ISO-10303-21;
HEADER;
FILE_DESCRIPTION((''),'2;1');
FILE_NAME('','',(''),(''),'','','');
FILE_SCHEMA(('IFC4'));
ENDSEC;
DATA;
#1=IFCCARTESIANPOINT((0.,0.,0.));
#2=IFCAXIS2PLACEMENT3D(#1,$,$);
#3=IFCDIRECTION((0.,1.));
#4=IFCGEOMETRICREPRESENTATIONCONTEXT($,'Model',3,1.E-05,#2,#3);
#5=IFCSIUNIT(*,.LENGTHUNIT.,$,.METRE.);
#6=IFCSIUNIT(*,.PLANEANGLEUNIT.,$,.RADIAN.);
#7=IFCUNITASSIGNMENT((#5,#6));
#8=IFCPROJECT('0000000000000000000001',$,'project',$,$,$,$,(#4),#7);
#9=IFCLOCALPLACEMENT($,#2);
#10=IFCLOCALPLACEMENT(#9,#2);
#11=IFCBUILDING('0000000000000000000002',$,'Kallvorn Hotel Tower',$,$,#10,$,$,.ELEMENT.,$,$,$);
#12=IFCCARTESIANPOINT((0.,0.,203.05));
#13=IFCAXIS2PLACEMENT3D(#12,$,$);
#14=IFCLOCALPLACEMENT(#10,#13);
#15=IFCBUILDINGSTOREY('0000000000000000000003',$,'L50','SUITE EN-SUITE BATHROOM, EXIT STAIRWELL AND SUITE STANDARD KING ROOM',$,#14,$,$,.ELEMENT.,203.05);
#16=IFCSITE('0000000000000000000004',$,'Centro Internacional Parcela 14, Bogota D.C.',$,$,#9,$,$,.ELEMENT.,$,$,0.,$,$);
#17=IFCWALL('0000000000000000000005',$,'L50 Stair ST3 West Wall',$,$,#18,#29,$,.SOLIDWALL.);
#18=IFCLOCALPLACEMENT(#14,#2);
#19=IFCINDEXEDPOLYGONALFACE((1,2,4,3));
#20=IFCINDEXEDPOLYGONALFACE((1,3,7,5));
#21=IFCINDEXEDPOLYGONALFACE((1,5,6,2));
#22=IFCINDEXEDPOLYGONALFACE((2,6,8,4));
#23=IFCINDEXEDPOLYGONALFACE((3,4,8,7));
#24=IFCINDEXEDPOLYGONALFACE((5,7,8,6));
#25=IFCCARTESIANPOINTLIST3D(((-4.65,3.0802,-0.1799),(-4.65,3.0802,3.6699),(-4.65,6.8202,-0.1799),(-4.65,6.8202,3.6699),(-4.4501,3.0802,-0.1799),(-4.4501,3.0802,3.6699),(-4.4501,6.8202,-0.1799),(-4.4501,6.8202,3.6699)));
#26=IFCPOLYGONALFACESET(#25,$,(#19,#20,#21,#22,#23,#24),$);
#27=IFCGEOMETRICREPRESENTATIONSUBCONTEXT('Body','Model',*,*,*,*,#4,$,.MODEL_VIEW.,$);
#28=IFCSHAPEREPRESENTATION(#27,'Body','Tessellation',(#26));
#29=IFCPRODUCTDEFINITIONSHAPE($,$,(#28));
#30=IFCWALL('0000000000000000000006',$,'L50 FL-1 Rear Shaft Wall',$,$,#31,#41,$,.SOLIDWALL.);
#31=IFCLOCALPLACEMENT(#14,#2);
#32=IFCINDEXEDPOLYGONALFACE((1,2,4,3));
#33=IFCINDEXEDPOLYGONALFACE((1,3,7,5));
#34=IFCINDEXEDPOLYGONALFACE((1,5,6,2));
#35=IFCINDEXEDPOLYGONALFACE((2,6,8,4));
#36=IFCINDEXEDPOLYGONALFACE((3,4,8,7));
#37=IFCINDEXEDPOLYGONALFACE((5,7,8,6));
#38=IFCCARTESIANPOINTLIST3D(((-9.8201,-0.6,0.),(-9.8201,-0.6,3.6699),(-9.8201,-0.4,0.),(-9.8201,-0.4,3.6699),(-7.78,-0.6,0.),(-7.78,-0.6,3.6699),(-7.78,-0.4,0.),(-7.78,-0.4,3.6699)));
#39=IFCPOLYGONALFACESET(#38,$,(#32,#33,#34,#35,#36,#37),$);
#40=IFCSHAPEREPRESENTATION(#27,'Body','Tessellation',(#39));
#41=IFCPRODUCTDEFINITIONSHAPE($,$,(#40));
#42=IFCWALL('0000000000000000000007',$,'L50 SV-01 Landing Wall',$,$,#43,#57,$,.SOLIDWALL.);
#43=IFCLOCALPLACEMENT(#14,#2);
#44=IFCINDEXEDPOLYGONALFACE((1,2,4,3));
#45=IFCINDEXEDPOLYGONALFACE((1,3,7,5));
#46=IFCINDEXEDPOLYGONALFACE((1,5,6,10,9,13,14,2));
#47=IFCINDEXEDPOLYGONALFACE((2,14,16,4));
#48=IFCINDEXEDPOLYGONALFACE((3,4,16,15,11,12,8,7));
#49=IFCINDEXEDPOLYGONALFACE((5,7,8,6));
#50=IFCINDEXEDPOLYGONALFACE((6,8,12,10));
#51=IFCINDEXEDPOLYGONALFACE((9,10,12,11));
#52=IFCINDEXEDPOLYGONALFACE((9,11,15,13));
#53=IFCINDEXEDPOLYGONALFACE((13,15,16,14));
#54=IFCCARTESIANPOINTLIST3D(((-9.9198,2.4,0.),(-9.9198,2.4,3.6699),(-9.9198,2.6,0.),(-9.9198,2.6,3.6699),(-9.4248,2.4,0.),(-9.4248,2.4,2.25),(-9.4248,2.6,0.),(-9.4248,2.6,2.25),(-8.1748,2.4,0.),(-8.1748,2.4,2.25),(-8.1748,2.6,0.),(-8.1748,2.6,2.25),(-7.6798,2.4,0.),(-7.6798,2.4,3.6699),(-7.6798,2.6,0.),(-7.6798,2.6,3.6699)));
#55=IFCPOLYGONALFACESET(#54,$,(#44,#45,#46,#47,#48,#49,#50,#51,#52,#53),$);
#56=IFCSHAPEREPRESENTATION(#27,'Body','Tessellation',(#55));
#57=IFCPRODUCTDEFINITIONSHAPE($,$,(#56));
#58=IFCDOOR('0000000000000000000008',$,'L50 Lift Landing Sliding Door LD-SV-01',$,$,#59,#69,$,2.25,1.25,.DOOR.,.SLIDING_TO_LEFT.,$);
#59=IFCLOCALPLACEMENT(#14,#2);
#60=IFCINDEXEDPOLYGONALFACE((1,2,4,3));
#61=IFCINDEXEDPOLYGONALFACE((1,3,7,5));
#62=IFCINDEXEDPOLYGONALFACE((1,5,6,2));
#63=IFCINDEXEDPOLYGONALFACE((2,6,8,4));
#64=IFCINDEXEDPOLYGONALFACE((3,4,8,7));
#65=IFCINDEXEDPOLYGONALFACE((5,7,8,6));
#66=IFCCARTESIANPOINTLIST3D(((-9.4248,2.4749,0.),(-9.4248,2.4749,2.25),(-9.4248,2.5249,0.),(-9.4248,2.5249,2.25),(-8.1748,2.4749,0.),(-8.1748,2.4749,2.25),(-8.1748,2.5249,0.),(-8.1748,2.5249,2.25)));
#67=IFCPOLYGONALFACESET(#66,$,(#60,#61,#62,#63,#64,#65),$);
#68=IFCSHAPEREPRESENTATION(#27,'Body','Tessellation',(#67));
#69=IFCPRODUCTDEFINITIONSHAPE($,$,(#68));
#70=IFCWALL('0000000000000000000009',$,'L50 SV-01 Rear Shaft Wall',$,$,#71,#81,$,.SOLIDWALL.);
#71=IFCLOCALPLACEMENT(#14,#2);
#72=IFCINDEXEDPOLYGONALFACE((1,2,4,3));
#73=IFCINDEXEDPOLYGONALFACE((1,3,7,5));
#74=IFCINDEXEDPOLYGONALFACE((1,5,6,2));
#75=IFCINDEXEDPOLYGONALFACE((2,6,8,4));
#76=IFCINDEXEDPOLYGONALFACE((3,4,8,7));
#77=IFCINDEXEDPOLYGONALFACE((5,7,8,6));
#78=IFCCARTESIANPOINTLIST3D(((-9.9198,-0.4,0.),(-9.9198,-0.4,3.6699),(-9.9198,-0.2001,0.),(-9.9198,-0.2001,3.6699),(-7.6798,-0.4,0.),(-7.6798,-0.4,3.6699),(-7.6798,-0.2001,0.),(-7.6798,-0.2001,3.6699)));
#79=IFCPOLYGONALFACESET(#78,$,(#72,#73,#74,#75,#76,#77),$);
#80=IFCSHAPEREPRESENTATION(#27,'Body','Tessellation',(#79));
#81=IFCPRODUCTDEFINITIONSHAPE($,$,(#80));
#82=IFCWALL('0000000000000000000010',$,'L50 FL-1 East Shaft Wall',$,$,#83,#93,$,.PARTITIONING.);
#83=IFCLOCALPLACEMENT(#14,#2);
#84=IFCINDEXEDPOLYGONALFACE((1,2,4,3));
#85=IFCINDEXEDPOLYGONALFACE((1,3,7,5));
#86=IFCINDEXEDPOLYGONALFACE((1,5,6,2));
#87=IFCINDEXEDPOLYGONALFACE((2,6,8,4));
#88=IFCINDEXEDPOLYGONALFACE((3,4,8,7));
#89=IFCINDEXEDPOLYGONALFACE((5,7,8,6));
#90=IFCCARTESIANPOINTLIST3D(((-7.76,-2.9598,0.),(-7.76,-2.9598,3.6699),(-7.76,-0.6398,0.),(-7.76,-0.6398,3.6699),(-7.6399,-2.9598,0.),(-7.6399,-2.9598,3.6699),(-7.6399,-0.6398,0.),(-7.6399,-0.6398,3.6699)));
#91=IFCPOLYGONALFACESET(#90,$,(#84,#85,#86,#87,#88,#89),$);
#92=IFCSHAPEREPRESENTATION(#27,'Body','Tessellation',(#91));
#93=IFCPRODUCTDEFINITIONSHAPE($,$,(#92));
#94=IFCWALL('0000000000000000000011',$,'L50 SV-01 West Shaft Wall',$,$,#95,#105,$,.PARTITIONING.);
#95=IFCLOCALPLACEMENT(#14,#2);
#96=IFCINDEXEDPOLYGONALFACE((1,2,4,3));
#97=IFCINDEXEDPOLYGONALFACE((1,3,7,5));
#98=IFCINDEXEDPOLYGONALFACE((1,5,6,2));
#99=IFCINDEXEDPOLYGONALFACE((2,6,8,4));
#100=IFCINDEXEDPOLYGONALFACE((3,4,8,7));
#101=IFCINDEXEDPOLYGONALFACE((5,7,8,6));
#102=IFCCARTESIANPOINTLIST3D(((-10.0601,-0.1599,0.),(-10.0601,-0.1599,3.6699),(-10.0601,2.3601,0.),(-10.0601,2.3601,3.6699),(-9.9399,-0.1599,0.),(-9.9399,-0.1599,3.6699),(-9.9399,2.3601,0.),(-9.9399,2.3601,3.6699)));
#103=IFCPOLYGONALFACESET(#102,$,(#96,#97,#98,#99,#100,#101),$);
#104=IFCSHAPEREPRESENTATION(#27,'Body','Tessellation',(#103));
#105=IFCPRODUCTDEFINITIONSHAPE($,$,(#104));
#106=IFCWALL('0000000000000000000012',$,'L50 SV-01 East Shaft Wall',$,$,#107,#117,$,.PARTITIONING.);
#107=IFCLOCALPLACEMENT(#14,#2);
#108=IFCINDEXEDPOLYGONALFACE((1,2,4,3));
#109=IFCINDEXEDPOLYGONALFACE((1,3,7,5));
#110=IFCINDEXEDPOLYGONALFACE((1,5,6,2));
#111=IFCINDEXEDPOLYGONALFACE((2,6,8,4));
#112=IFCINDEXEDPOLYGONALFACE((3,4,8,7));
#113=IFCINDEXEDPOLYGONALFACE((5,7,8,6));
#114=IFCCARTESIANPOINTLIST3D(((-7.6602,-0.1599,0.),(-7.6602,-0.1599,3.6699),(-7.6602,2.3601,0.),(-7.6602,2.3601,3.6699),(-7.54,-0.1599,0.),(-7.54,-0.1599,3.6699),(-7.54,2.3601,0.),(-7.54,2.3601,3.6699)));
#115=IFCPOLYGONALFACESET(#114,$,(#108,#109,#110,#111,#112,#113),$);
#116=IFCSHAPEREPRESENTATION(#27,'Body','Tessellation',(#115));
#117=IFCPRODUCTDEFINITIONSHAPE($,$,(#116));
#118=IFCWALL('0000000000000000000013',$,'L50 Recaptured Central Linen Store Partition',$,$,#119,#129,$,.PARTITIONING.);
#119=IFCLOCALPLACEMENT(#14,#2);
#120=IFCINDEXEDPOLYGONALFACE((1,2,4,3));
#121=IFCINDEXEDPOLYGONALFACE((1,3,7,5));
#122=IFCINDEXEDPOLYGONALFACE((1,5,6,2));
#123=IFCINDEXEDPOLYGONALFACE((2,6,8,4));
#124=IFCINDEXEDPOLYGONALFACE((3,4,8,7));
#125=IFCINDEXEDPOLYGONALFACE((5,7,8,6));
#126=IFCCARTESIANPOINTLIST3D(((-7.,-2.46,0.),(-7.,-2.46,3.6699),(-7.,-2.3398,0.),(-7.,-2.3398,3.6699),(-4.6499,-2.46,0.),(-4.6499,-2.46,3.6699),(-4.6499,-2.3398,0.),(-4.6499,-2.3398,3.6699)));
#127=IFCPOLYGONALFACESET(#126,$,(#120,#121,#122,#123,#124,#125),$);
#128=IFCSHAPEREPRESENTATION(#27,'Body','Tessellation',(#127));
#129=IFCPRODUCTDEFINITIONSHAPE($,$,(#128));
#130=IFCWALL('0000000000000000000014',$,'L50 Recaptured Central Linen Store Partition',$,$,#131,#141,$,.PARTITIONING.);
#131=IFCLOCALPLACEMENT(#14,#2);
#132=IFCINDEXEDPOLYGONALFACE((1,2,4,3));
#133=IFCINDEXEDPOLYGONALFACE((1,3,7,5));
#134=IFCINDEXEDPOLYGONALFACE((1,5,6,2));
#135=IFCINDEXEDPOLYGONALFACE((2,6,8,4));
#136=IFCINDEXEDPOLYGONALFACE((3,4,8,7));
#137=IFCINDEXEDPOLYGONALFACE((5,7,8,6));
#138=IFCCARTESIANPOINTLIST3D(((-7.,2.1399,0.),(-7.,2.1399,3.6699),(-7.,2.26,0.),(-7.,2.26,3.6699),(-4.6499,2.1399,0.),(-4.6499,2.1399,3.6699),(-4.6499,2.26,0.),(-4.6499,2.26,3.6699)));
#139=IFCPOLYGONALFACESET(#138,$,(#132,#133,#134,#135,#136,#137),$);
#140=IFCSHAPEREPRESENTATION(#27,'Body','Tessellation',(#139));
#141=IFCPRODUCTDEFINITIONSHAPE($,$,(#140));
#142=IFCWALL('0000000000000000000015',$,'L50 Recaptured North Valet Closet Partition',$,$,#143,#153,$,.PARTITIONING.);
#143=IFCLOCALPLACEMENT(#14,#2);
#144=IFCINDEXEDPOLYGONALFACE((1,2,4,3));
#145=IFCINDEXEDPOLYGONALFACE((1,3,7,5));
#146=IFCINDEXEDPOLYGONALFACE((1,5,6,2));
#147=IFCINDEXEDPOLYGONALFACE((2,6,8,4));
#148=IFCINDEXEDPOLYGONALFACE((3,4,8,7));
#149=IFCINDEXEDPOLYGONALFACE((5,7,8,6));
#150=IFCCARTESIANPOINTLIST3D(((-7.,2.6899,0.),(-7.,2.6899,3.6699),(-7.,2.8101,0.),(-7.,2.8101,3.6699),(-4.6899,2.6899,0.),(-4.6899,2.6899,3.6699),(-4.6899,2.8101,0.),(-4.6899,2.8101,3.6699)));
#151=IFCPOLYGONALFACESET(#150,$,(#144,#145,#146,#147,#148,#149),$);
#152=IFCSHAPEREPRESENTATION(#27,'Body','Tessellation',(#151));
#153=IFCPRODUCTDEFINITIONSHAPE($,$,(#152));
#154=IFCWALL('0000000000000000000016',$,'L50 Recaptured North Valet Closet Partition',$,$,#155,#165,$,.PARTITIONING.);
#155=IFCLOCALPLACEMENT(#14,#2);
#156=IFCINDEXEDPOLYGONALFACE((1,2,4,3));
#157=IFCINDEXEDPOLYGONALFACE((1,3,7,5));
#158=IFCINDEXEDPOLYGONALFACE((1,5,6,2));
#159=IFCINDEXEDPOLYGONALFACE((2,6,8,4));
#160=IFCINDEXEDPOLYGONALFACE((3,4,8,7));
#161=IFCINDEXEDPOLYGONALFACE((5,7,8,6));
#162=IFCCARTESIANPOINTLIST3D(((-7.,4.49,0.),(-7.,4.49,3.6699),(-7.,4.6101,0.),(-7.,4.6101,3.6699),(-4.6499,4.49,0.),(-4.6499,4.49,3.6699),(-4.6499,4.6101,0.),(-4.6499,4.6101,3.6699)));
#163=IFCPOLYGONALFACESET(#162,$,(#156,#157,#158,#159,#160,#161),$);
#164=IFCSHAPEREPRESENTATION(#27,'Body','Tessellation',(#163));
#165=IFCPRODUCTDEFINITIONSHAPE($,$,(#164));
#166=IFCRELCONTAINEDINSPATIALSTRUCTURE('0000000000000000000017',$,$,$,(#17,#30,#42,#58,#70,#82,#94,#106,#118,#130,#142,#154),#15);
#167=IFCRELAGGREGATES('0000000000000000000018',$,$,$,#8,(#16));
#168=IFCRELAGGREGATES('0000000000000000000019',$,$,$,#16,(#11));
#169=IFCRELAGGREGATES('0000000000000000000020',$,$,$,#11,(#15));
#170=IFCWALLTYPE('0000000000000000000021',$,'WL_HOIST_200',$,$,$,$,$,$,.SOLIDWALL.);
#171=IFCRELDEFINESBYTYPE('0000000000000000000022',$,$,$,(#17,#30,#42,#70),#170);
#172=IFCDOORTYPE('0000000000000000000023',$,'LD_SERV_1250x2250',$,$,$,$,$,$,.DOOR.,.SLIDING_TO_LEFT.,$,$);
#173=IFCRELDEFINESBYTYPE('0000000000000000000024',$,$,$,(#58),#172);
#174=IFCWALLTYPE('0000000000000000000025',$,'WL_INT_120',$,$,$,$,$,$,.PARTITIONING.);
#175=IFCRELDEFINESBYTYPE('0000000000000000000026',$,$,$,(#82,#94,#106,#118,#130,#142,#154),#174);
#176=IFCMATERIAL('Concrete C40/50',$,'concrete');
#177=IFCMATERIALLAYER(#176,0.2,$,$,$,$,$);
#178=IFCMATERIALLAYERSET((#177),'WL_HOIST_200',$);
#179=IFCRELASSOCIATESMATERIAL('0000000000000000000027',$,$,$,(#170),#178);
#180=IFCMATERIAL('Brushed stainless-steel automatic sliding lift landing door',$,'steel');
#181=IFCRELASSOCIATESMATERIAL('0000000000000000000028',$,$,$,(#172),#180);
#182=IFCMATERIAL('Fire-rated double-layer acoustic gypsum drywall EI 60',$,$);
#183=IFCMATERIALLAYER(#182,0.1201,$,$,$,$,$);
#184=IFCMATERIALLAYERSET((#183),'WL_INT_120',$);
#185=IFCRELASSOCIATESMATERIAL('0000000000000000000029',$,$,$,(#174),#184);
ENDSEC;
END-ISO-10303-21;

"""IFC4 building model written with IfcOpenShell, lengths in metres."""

from ifc_helpers import new_model, si_unit, direction, frame, frame_2d, origin, place, context, subcontext, project, spatial, rectangle, extrude, material, layer, layer_set, type_object, element, fill, save


model = new_model("IFC4")

# Units and contexts
model_context = context("Model", 3, precision=1e-05, world=origin(), true_north=direction((0.0, 1.0)))
body_context = subcontext(model_context, "Body", "Model", "MODEL_VIEW")
ifc_project = project(units=[si_unit("LENGTHUNIT", "METRE"), si_unit("PLANEANGLEUNIT", "RADIAN")], contexts=[model_context])

# Site, building, storey
site_placement = place(None, origin())
site = spatial("IfcSite", under=ifc_project, at=site_placement, Name="Centro Internacional Parcela 14, Bogota D.C.", CompositionType="ELEMENT", RefElevation=0.0)
building_placement = place(site_placement, origin())
building = spatial("IfcBuilding", under=site, at=building_placement, Name="Kallvorn Hotel Tower", CompositionType="ELEMENT")
storey_placement = place(building_placement, frame((0.0, 0.0, 203.05)))
storey = spatial("IfcBuildingStorey", under=building, at=storey_placement, Name="L50", Description="SUITE EN-SUITE BATHROOM, EXIT STAIRWELL AND SUITE STANDARD KING ROOM", CompositionType="ELEMENT", Elevation=203.05)

# Walls
ifc_material_1 = material(Name="Concrete C40/50", Category="concrete")
ifc_layer_1 = layer(ifc_material_1, 0.2)
ifc_layer_set_1 = layer_set([ifc_layer_1], Name="WL_HOIST_200")
wall_type_1 = type_object("IfcWallType", Name="WL_HOIST_200", PredefinedType="SOLIDWALL", material=ifc_layer_set_1)
wall_1_placement = place(storey_placement, frame((-4.55, 3.0801, -0.1799), z_axis=(0.0, 0.0, 1.0), x_axis=(0.0, 1.0, 0.0)))
element("IfcWall", 1, at=wall_1_placement, inside=storey, type_object=wall_type_1, Name="L50 Stair ST3 West Wall", PredefinedType="SOLIDWALL", context=body_context, shape_type="SweptSolid", body=[
    extrude(rectangle(XDim=3.74, YDim=0.2, at=frame_2d((1.8701, 0.0))), origin(), (0.0, 0.0, 1.0), 3.8499),
])
wall_2_placement = place(storey_placement, frame((-9.8201, -0.5, 0.0), z_axis=(0.0, 0.0, 1.0), x_axis=(1.0, 0.0, 0.0)))
element("IfcWall", 2, at=wall_2_placement, inside=storey, type_object=wall_type_1, Name="L50 FL-1 Rear Shaft Wall", PredefinedType="SOLIDWALL", context=body_context, shape_type="SweptSolid", body=[
    extrude(rectangle(XDim=2.04, YDim=0.2, at=frame_2d((1.02, 0.0))), origin(), (0.0, 0.0, 1.0), 3.6699),
])

# Wall, opening, door
wall_3_placement = place(storey_placement, frame((-9.9199, 2.5, 0.0), z_axis=(0.0, 0.0, 1.0), x_axis=(1.0, 0.0, 0.0)))
wall_3 = element("IfcWall", 3, at=wall_3_placement, inside=storey, type_object=wall_type_1, Name="L50 SV-01 Landing Wall", PredefinedType="SOLIDWALL", context=body_context, shape_type="SweptSolid", body=[
    extrude(rectangle(XDim=2.24, YDim=0.2, at=frame_2d((1.1201, 0.0))), origin(), (0.0, 0.0, 1.0), 3.6699),
])
opening_1_placement = place(wall_3_placement, frame((0.4951, 0.0, 0.0)))
opening_1 = element("IfcOpeningElement", 4, at=opening_1_placement, cuts=wall_3, PredefinedType="OPENING", context=body_context, shape_type="SweptSolid", body=[
    extrude(rectangle(XDim=1.25, YDim=2.25, at=frame_2d((0.625, 1.125))), frame((0.0, 0.115, 0.0), z_axis=(0.0, -1.0, 0.0), x_axis=(1.0, 0.0, 0.0)), (0.0, 0.0, 1.0), 0.23),
])
ifc_material_2 = material(Name="Brushed stainless-steel automatic sliding lift landing door", Category="steel")
door_type_1 = type_object("IfcDoorType", Name="LD_SERV_1250x2250", OperationType="SLIDING_TO_LEFT", PredefinedType="DOOR", material=ifc_material_2)
door_1_placement = place(opening_1_placement, origin())
door_1 = element("IfcDoor", 5, at=door_1_placement, inside=storey, type_object=door_type_1, Name="L50 Lift Landing Sliding Door LD-SV-01", OperationType="SLIDING_TO_LEFT", OverallHeight=2.25, OverallWidth=1.25, PredefinedType="DOOR", context=body_context, shape_type="SweptSolid", body=[
    extrude(rectangle(XDim=1.25, YDim=2.25, at=frame_2d((0.625, 1.125))), frame((0.0, 0.0249, 0.0), z_axis=(0.0, -1.0, 0.0), x_axis=(1.0, 0.0, 0.0)), (0.0, 0.0, 1.0), 0.05),
])
fill(opening_1, door_1)

# Walls
wall_4_placement = place(storey_placement, frame((-9.9199, -0.3, 0.0), z_axis=(0.0, 0.0, 1.0), x_axis=(1.0, 0.0, 0.0)))
element("IfcWall", 6, at=wall_4_placement, inside=storey, type_object=wall_type_1, Name="L50 SV-01 Rear Shaft Wall", PredefinedType="SOLIDWALL", context=body_context, shape_type="SweptSolid", body=[
    extrude(rectangle(XDim=2.24, YDim=0.2, at=frame_2d((1.1201, 0.0))), origin(), (0.0, 0.0, 1.0), 3.6699),
])
ifc_material_3 = material(Name="Fire-rated double-layer acoustic gypsum drywall EI 60")
ifc_layer_2 = layer(ifc_material_3, 0.1201)
ifc_layer_set_2 = layer_set([ifc_layer_2], Name="WL_INT_120")
wall_type_2 = type_object("IfcWallType", Name="WL_INT_120", PredefinedType="PARTITIONING", material=ifc_layer_set_2)
wall_5_placement = place(storey_placement, frame((-7.7, -2.96, 0.0), z_axis=(0.0, 0.0, 1.0), x_axis=(0.0, 1.0, 0.0)))
element("IfcWall", 7, at=wall_5_placement, inside=storey, type_object=wall_type_2, Name="L50 FL-1 East Shaft Wall", PredefinedType="PARTITIONING", context=body_context, shape_type="SweptSolid", body=[
    extrude(rectangle(XDim=2.3201, YDim=0.1201, at=frame_2d((1.1602, 0.0))), origin(), (0.0, 0.0, 1.0), 3.6699),
])
for number, where, z_axis, x_axis, name in (
    (8, (-10.0, -0.1599, 0.0), (0.0, 0.0, 1.0), (0.0, 1.0, 0.0), "L50 SV-01 West Shaft Wall"),
    (9, (-7.6001, -0.1599, 0.0), (0.0, 0.0, 1.0), (0.0, 1.0, 0.0), "L50 SV-01 East Shaft Wall"),
):
    element("IfcWall", number, at=place(storey_placement, frame(where, z_axis=z_axis, x_axis=x_axis)), inside=storey, type_object=wall_type_2, Name=name, PredefinedType="PARTITIONING", context=body_context, shape_type="SweptSolid", body=[
        extrude(rectangle(XDim=2.52, YDim=0.1201, at=frame_2d((1.26, 0.0))), origin(), (0.0, 0.0, 1.0), 3.6699),
    ])
for number, where, z_axis, x_axis, name in (
    (10, (-7.0, -2.3999, 0.0), (0.0, 0.0, 1.0), (1.0, 0.0, 0.0), "L50 Recaptured Central Linen Store Partition"),
    (11, (-7.0, 2.2, 0.0), (0.0, 0.0, 1.0), (1.0, 0.0, 0.0), "L50 Recaptured Central Linen Store Partition"),
):
    element("IfcWall", number, at=place(storey_placement, frame(where, z_axis=z_axis, x_axis=x_axis)), inside=storey, type_object=wall_type_2, Name=name, PredefinedType="PARTITIONING", context=body_context, shape_type="SweptSolid", body=[
        extrude(rectangle(XDim=2.3501, YDim=0.1201, at=frame_2d((1.175, 0.0))), origin(), (0.0, 0.0, 1.0), 3.6699),
    ])
wall_6_placement = place(storey_placement, frame((-7.0, 2.75, 0.0), z_axis=(0.0, 0.0, 1.0), x_axis=(1.0, 0.0, 0.0)))
element("IfcWall", 12, at=wall_6_placement, inside=storey, type_object=wall_type_2, Name="L50 Recaptured North Valet Closet Partition", PredefinedType="PARTITIONING", context=body_context, shape_type="SweptSolid", body=[
    extrude(rectangle(XDim=2.3101, YDim=0.1201, at=frame_2d((1.155, 0.0))), origin(), (0.0, 0.0, 1.0), 3.6699),
])
wall_7_placement = place(storey_placement, frame((-7.0, 4.55, 0.0), z_axis=(0.0, 0.0, 1.0), x_axis=(1.0, 0.0, 0.0)))
element("IfcWall", 13, at=wall_7_placement, inside=storey, type_object=wall_type_2, Name="L50 Recaptured North Valet Closet Partition", PredefinedType="PARTITIONING", context=body_context, shape_type="SweptSolid", body=[
    extrude(rectangle(XDim=2.3501, YDim=0.1201, at=frame_2d((1.175, 0.0))), origin(), (0.0, 0.0, 1.0), 3.6699),
])

save(model, "model.ifc")
